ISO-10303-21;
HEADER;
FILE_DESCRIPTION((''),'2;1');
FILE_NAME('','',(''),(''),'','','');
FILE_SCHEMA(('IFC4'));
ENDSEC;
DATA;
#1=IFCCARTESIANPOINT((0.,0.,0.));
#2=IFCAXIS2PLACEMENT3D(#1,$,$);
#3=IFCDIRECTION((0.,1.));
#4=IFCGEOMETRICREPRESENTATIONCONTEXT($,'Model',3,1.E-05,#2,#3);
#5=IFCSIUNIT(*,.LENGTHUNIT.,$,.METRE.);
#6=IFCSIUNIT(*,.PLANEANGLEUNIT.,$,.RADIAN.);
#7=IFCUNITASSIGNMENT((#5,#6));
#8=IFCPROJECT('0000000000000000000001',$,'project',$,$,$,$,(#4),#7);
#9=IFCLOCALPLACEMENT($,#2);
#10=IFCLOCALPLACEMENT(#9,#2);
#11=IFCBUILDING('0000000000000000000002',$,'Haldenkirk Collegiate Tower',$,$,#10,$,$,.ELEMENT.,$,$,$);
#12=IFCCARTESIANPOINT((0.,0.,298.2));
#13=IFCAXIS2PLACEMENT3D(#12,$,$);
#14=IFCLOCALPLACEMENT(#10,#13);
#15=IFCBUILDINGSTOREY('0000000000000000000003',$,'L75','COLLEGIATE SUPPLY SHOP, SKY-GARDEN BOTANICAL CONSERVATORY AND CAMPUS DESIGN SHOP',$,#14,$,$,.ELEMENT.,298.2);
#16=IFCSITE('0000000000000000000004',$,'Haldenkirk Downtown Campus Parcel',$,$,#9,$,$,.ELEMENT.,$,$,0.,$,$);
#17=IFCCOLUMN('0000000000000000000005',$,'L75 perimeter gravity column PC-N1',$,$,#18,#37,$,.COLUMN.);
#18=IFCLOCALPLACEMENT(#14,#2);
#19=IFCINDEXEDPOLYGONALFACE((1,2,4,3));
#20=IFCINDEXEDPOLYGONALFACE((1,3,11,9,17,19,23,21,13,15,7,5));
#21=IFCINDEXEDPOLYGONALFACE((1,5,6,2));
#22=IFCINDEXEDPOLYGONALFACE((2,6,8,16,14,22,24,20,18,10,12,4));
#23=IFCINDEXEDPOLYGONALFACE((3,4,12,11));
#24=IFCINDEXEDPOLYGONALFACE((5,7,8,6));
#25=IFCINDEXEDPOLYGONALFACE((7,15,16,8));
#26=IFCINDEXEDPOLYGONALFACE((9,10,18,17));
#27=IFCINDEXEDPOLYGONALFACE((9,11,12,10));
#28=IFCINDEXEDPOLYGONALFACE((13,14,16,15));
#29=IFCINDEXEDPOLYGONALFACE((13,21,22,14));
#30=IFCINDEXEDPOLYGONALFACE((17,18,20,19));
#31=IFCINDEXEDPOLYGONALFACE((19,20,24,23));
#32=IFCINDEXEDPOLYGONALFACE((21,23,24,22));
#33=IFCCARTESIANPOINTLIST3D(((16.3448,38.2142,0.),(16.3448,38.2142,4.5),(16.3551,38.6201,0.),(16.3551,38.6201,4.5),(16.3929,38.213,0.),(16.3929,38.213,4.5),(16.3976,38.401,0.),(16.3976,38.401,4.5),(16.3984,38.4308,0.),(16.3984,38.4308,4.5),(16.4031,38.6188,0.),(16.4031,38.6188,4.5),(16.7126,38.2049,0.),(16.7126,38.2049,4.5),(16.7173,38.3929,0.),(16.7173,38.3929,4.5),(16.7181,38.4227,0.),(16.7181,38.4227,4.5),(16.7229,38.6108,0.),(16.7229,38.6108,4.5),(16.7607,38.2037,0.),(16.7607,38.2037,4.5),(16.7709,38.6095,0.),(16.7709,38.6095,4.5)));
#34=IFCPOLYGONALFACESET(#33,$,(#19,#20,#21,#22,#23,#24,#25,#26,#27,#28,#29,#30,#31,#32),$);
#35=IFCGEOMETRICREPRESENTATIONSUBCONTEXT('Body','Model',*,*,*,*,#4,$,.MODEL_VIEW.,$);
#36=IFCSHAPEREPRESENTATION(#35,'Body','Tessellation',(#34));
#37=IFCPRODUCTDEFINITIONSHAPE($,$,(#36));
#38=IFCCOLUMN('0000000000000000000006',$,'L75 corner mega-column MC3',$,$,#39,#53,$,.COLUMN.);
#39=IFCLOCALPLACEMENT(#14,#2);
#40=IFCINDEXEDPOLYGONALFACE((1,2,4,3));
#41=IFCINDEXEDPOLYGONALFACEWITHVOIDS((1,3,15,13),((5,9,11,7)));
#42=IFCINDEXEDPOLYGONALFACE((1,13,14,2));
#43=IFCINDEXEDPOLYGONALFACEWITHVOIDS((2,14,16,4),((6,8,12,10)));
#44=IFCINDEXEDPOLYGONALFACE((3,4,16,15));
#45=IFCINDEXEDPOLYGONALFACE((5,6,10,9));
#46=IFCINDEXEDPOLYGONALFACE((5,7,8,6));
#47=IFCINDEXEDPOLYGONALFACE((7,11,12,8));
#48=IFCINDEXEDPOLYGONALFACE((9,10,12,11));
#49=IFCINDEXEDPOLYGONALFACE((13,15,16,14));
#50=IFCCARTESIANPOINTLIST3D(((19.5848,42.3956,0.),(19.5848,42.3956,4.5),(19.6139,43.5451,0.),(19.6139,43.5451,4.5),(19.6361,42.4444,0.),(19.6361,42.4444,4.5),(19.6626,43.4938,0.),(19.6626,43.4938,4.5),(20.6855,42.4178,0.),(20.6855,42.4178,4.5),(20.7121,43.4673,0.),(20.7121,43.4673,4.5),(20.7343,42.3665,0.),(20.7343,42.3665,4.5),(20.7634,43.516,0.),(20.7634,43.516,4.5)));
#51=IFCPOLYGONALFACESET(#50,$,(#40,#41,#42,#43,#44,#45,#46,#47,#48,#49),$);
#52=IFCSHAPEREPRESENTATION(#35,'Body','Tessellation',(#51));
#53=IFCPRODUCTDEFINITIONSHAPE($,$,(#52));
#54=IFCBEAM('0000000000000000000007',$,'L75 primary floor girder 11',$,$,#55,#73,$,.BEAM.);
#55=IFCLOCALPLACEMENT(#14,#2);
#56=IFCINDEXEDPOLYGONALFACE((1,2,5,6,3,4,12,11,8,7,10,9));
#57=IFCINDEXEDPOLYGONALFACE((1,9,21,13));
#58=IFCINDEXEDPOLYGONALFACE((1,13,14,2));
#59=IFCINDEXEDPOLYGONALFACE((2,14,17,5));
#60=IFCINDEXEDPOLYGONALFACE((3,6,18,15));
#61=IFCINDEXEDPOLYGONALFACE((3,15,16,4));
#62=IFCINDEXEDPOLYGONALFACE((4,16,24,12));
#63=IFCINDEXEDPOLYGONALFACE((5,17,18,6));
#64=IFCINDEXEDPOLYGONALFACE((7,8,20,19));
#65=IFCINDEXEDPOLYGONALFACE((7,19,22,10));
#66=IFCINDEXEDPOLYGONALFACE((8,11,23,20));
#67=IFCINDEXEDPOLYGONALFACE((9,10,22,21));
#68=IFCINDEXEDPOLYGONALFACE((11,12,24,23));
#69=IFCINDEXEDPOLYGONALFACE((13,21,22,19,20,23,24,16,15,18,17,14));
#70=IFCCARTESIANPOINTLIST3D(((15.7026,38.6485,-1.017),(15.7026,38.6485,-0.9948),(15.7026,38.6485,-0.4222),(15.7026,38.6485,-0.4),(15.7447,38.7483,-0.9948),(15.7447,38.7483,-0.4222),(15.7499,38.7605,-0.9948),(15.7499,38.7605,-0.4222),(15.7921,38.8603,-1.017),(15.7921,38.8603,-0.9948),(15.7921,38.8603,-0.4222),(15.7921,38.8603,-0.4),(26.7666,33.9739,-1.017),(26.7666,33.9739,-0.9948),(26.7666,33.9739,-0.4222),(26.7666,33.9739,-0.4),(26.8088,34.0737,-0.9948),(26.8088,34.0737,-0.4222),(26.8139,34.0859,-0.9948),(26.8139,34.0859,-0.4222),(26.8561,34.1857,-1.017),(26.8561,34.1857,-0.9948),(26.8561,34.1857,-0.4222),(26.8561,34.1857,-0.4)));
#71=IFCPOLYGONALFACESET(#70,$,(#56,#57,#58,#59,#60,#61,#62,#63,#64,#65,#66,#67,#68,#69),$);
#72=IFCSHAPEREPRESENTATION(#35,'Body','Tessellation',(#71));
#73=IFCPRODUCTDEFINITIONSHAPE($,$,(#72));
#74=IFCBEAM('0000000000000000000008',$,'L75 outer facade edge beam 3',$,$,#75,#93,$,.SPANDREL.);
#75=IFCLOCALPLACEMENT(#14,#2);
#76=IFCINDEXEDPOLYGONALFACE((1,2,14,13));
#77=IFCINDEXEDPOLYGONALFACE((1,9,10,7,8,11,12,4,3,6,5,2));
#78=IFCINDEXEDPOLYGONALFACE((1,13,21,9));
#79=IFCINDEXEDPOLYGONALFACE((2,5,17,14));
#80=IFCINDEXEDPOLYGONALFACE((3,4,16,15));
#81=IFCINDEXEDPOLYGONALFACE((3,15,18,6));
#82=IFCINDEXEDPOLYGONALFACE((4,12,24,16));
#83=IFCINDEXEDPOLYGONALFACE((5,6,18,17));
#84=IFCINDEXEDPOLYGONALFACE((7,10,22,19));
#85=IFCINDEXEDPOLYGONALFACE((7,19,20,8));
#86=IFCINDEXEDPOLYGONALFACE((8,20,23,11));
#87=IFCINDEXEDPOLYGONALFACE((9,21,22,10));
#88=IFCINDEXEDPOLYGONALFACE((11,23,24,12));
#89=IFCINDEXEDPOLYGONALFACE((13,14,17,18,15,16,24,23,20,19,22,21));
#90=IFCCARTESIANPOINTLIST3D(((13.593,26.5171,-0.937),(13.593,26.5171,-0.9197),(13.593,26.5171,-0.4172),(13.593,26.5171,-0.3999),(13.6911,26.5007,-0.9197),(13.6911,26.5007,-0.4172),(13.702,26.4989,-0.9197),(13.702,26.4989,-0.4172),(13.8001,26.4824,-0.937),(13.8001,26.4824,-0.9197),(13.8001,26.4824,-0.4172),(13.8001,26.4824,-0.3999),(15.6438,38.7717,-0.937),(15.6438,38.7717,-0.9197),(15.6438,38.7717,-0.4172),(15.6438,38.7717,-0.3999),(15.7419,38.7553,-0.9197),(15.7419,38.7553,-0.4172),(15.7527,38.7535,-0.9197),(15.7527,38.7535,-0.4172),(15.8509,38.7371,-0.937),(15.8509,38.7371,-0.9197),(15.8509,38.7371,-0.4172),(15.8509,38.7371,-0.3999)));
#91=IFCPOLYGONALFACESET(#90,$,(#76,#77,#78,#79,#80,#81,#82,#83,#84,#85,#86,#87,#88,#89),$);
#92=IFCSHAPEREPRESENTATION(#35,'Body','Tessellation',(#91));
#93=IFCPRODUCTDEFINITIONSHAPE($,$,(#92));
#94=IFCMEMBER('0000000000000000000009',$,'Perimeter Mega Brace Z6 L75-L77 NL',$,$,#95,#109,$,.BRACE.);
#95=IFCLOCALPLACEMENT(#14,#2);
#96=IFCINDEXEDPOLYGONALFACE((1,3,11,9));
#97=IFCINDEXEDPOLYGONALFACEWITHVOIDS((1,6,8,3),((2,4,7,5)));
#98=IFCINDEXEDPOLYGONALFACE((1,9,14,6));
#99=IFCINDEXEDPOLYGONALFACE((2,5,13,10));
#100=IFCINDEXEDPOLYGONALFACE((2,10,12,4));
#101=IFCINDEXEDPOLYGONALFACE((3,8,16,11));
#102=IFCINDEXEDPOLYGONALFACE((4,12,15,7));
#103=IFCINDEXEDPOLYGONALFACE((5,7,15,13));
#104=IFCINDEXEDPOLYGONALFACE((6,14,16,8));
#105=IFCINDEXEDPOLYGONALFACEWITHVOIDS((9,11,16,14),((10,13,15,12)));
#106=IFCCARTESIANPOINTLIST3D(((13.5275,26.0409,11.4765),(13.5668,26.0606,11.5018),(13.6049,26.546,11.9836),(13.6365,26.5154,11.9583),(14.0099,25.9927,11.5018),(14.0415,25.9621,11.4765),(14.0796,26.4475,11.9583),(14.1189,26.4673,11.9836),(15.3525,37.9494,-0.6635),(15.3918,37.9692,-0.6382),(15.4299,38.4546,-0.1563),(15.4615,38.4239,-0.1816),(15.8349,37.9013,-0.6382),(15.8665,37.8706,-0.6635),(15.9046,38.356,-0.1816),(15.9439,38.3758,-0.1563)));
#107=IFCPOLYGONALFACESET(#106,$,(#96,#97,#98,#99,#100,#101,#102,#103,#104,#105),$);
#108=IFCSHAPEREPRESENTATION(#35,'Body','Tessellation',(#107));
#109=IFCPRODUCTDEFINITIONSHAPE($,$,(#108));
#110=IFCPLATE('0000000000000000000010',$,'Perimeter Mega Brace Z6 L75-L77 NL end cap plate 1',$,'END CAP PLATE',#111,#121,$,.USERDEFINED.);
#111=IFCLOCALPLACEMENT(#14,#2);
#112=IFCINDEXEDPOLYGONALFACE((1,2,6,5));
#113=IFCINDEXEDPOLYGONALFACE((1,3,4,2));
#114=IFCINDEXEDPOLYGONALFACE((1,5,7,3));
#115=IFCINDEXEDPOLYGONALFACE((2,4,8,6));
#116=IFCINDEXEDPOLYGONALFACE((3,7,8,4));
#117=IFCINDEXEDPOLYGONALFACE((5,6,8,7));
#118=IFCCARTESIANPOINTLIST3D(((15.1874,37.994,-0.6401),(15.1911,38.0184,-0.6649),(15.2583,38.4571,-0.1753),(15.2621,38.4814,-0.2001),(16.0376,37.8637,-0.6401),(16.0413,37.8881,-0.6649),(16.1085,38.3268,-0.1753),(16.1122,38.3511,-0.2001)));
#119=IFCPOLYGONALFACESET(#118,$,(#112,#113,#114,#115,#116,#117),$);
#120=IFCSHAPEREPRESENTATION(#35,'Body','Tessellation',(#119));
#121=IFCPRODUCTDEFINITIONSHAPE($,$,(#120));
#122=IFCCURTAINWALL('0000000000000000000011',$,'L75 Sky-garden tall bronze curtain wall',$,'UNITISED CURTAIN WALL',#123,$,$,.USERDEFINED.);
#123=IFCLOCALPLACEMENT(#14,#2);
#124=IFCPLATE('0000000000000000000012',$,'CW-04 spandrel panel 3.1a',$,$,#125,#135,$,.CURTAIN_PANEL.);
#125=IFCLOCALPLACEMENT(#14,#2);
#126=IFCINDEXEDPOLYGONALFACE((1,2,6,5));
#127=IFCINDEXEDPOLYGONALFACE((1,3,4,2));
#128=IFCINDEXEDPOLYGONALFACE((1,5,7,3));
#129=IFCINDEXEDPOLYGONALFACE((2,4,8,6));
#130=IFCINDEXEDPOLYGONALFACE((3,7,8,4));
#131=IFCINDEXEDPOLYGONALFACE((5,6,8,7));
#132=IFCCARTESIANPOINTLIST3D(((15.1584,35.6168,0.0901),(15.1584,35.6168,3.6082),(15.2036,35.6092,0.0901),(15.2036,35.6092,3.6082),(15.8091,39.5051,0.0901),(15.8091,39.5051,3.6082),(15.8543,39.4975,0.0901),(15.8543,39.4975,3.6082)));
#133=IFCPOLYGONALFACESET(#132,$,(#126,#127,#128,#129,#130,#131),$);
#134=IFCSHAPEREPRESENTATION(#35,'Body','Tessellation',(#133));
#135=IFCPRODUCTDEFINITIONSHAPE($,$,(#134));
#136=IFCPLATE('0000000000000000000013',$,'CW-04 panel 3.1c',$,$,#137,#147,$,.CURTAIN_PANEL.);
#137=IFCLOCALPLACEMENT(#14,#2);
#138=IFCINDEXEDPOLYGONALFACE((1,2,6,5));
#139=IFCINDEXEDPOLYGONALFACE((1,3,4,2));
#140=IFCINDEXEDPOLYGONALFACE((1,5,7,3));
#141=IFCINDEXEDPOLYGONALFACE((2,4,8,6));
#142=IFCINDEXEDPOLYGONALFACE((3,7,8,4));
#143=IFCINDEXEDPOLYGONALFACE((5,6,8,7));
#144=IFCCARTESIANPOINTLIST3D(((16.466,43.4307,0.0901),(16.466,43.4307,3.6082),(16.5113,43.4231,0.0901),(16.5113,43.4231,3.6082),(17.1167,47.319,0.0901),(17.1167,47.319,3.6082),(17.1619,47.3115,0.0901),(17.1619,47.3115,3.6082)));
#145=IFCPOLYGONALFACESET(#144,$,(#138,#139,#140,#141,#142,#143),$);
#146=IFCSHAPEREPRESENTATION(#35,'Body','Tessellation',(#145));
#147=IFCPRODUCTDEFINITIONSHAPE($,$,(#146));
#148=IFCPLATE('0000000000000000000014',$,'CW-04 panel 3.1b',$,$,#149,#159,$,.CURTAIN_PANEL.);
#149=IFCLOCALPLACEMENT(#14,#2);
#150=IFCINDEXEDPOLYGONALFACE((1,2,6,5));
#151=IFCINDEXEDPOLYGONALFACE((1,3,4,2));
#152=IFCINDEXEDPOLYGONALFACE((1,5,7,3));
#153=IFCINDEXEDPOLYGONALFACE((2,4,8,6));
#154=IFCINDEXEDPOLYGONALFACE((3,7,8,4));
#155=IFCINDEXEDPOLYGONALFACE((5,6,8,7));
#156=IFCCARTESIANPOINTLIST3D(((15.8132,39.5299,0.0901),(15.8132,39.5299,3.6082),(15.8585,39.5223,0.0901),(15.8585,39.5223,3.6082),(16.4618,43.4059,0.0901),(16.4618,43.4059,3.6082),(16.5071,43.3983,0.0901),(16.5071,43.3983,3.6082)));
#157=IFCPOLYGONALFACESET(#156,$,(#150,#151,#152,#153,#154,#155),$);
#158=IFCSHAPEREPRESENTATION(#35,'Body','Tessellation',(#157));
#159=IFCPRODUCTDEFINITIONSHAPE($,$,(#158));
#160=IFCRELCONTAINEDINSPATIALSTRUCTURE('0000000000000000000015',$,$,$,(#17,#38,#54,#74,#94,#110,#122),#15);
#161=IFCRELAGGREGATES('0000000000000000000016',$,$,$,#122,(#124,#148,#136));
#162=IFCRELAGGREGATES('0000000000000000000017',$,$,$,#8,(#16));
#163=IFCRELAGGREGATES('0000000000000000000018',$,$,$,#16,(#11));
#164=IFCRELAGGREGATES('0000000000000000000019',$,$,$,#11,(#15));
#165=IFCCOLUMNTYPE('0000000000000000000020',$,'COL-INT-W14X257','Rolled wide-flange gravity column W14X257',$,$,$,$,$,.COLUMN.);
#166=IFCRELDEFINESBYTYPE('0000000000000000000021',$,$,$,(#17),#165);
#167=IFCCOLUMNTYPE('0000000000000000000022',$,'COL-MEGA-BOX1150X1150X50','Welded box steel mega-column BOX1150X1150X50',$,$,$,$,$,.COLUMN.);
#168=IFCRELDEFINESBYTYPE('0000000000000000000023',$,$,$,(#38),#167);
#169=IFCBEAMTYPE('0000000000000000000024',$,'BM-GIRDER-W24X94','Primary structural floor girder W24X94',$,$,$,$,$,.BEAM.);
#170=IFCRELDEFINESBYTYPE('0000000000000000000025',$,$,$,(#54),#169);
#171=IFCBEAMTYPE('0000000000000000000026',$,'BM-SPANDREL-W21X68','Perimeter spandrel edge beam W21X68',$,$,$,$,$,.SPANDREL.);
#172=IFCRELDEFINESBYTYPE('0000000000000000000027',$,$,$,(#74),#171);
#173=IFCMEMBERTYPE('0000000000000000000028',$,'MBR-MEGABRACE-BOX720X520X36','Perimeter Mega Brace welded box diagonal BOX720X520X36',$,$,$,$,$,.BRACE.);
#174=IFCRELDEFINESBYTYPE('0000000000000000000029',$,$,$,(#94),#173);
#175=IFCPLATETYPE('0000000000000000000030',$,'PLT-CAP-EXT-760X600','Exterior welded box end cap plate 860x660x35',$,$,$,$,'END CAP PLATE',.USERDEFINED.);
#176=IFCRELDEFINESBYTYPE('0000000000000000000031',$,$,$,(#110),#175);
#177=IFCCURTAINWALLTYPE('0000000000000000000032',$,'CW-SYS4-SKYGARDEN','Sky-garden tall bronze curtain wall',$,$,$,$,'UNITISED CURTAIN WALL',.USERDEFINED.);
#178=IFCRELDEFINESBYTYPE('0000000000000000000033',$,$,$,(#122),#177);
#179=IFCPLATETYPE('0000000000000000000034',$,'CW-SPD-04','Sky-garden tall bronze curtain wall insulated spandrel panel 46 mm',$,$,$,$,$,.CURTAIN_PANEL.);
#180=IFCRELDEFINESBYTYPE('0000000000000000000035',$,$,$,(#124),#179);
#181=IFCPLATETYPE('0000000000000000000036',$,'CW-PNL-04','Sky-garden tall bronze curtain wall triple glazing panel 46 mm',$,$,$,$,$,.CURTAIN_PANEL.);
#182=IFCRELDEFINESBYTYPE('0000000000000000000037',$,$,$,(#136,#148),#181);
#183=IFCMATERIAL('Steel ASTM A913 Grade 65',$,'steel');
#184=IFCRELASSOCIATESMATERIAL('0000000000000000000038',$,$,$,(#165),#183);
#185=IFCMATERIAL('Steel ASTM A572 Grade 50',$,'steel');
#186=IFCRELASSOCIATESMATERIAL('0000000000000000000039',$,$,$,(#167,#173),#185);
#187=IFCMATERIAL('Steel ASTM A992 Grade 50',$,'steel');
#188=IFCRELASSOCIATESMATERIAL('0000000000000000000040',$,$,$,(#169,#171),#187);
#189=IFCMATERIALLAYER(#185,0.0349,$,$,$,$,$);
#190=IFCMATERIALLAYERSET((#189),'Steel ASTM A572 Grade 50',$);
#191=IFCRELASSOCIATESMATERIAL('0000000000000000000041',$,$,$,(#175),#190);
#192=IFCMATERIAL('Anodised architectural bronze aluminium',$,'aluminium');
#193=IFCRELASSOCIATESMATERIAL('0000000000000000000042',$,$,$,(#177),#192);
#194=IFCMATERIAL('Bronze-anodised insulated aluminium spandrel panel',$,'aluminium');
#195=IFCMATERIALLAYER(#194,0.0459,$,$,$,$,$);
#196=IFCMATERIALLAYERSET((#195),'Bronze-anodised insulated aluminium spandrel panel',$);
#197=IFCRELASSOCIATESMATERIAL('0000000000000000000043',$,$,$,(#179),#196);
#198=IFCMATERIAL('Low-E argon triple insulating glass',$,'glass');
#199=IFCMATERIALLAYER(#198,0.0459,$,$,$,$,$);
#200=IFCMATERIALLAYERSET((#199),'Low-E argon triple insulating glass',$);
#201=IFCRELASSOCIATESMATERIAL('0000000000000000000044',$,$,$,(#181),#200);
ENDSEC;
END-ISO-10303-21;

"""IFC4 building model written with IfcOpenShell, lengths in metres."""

from ifc_helpers import new_model, si_unit, direction, frame, origin, origin_2d, place, context, subcontext, project, spatial, rectangle, hollow_rectangle, i_section, extrude, source, transform, mapped, material, layer, layer_set, material_profile, profile_set, type_object, element, aggregate, save


model = new_model("IFC4")

# Units and contexts
model_context = context("Model", 3, precision=1e-05, world=origin(), true_north=direction((0.0, 1.0)))
body_context = subcontext(model_context, "Body", "Model", "MODEL_VIEW")
ifc_project = project(units=[si_unit("LENGTHUNIT", "METRE"), si_unit("PLANEANGLEUNIT", "RADIAN")], contexts=[model_context])

# Site, building, storey
site_placement = place(None, origin())
site = spatial("IfcSite", under=ifc_project, at=site_placement, Name="Haldenkirk Downtown Campus Parcel", CompositionType="ELEMENT", RefElevation=0.0)
building_placement = place(site_placement, origin())
building = spatial("IfcBuilding", under=site, at=building_placement, Name="Haldenkirk Collegiate Tower", CompositionType="ELEMENT")
storey_placement = place(building_placement, frame((0.0, 0.0, 298.2)))
storey = spatial("IfcBuildingStorey", under=building, at=storey_placement, Name="L75", Description="COLLEGIATE SUPPLY SHOP, SKY-GARDEN BOTANICAL CONSERVATORY AND CAMPUS DESIGN SHOP", CompositionType="ELEMENT", Elevation=298.2)

# Columns
ifc_material_1 = material(Name="Steel ASTM A913 Grade 65", Category="steel")
ifc_material_profile_1 = material_profile(ifc_material_1, i_section(OverallWidth=0.406, OverallDepth=0.416, WebThickness=0.0298, FlangeThickness=0.0481, at=origin_2d()), Name="W14X257")
ifc_profile_set_1 = profile_set([ifc_material_profile_1], Name="Steel ASTM A913 Grade 65")
column_type_1 = type_object("IfcColumnType", Name="COL-INT-W14X257", Description="Rolled wide-flange gravity column W14X257", PredefinedType="COLUMN", material=ifc_profile_set_1)
column_1_placement = place(storey_placement, frame((16.5579, 38.4119, 0.0), z_axis=(0.0, 0.0, 1.0), x_axis=(0.025305, 0.99968, 0.0)))
element("IfcColumn", 1, at=column_1_placement, inside=storey, type_object=column_type_1, Name="L75 perimeter gravity column PC-N1", PredefinedType="COLUMN", context=body_context, shape_type="SweptSolid", body=[
    extrude(i_section(OverallWidth=0.406, OverallDepth=0.416, WebThickness=0.0298, FlangeThickness=0.0481, at=origin_2d()), origin(), (0.0, 0.0, 1.0), 4.5),
])
ifc_material_2 = material(Name="Steel ASTM A572 Grade 50", Category="steel")
ifc_material_profile_2 = material_profile(ifc_material_2, hollow_rectangle(XDim=1.1499, YDim=1.1499, WallThickness=0.05, at=origin_2d()), Name="BOX1150X1150X50")
ifc_profile_set_2 = profile_set([ifc_material_profile_2], Name="Steel ASTM A572 Grade 50")
column_type_2 = type_object("IfcColumnType", Name="COL-MEGA-BOX1150X1150X50", Description="Welded box steel mega-column BOX1150X1150X50", PredefinedType="COLUMN", material=ifc_profile_set_2)
column_2_placement = place(storey_placement, frame((20.1741, 42.9558, 0.0), z_axis=(0.0, 0.0, 1.0), x_axis=(0.025305, 0.99968, 0.0)))
element("IfcColumn", 2, at=column_2_placement, inside=storey, type_object=column_type_2, Name="L75 corner mega-column MC3", PredefinedType="COLUMN", context=body_context, shape_type="SweptSolid", body=[
    extrude(hollow_rectangle(XDim=1.1499, YDim=1.1499, WallThickness=0.05, at=origin_2d()), origin(), (0.0, 0.0, 1.0), 4.5),
])

# Beams
ifc_material_3 = material(Name="Steel ASTM A992 Grade 50", Category="steel")
ifc_material_profile_3 = material_profile(ifc_material_3, i_section(OverallWidth=0.23, OverallDepth=0.6169, WebThickness=0.0132, FlangeThickness=0.0222, at=origin_2d()), Name="W24X94")
ifc_profile_set_3 = profile_set([ifc_material_profile_3], Name="Steel ASTM A992 Grade 50")
beam_type_1 = type_object("IfcBeamType", Name="BM-GIRDER-W24X94", Description="Primary structural floor girder W24X94", PredefinedType="BEAM", material=ifc_profile_set_3)
beam_1_placement = place(storey_placement, frame((15.7473, 38.7544, -0.7085), z_axis=(0.921157, -0.389192, 0.0), x_axis=(0.389192, 0.921157, 0.0)))
element("IfcBeam", 3, at=beam_1_placement, inside=storey, type_object=beam_type_1, Name="L75 primary floor girder 11", PredefinedType="BEAM", context=body_context, shape_type="SweptSolid", body=[
    extrude(i_section(OverallWidth=0.23, OverallDepth=0.6169, WebThickness=0.0132, FlangeThickness=0.0222, at=origin_2d()), origin(), (0.0, 0.0, 1.0), 12.011),
])
ifc_material_profile_4 = material_profile(ifc_material_3, i_section(OverallWidth=0.21, OverallDepth=0.5371, WebThickness=0.011, FlangeThickness=0.0173, at=origin_2d()), Name="W21X68")
ifc_profile_set_4 = profile_set([ifc_material_profile_4], Name="Steel ASTM A992 Grade 50")
beam_type_2 = type_object("IfcBeamType", Name="BM-SPANDREL-W21X68", Description="Perimeter spandrel edge beam W21X68", PredefinedType="SPANDREL", material=ifc_profile_set_4)
beam_2_placement = place(storey_placement, frame((15.7473, 38.7544, -0.6685), z_axis=(-0.165052, -0.986285, 0.0), x_axis=(0.986285, -0.165052, 0.0)))
element("IfcBeam", 4, at=beam_2_placement, inside=storey, type_object=beam_type_2, Name="L75 outer facade edge beam 3", PredefinedType="SPANDREL", context=body_context, shape_type="SweptSolid", body=[
    extrude(i_section(OverallWidth=0.21, OverallDepth=0.5371, WebThickness=0.011, FlangeThickness=0.0173, at=origin_2d()), origin(), (0.0, 0.0, 1.0), 12.425),
])

# Member
ifc_material_profile_5 = material_profile(ifc_material_2, hollow_rectangle(XDim=0.52, YDim=0.72, WallThickness=0.0359, at=origin_2d()), Name="BOX720X520X36")
ifc_profile_set_5 = profile_set([ifc_material_profile_5], Name="Steel ASTM A572 Grade 50")
member_type = type_object("IfcMemberType", Name="MBR-MEGABRACE-BOX720X520X36", Description="Perimeter Mega Brace welded box diagonal BOX720X520X36", PredefinedType="BRACE", material=ifc_profile_set_5)
member_placement = place(storey_placement, frame((15.6482, 38.1626, -0.4099), z_axis=(-0.106702, -0.696271, 0.709803), x_axis=(0.98846, -0.15148, 0.0)))
element("IfcMember", 5, at=member_placement, inside=storey, type_object=member_type, Name="Perimeter Mega Brace Z6 L75-L77 NL", PredefinedType="BRACE", context=body_context, shape_type="SweptSolid", body=[
    extrude(hollow_rectangle(XDim=0.52, YDim=0.72, WallThickness=0.0359, at=origin_2d()), origin(), (0.0, 0.0, 1.0), 17.1033),
])

# Plate
ifc_layer_1 = layer(ifc_material_2, 0.0349)
ifc_layer_set_1 = layer_set([ifc_layer_1], Name="Steel ASTM A572 Grade 50")
plate_type_1 = type_object("IfcPlateType", Name="PLT-CAP-EXT-760X600", Description="Exterior welded box end cap plate 860x660x35", ElementType="END CAP PLATE", PredefinedType="USERDEFINED", material=ifc_layer_set_1)
shared_shape_1 = source(origin(), body_context, "Body", "SweptSolid", [
    extrude(rectangle(XDim=0.8601, YDim=0.6599, at=origin_2d()), origin(), (0.0, 0.0, 1.0), 0.0349),
])
plate_1_placement = place(storey_placement, frame((15.6479, 38.1604, -0.4077), z_axis=(0.106711, 0.696266, -0.709807), x_axis=(-0.988458, 0.151493, 0.0)))
element("IfcPlate", 6, at=plate_1_placement, inside=storey, type_object=plate_type_1, Name="Perimeter Mega Brace Z6 L75-L77 NL end cap plate 1", ObjectType="END CAP PLATE", PredefinedType="USERDEFINED", context=body_context, shape_type="MappedRepresentation", body=[
    mapped(shared_shape_1, transform((0.0, 0.0, 0.0), x_axis=(1.0, 0.0, 0.0), y_axis=(0.0, 1.0, 0.0), z_axis=(0.0, 0.0, 1.0), scale=1.0)),
])

# Curtain wall, plates
ifc_material_4 = material(Name="Anodised architectural bronze aluminium", Category="aluminium")
curtain_wall_type = type_object("IfcCurtainWallType", Name="CW-SYS4-SKYGARDEN", Description="Sky-garden tall bronze curtain wall", ElementType="UNITISED CURTAIN WALL", PredefinedType="USERDEFINED", material=ifc_material_4)
curtain_wall_placement = place(storey_placement, origin())
curtain_wall = element("IfcCurtainWall", 7, at=curtain_wall_placement, inside=storey, type_object=curtain_wall_type, Name="L75 Sky-garden tall bronze curtain wall", ObjectType="UNITISED CURTAIN WALL", PredefinedType="USERDEFINED")
ifc_material_5 = material(Name="Bronze-anodised insulated aluminium spandrel panel", Category="aluminium")
ifc_layer_2 = layer(ifc_material_5, 0.0459)
ifc_layer_set_2 = layer_set([ifc_layer_2], Name="Bronze-anodised insulated aluminium spandrel panel")
plate_type_2 = type_object("IfcPlateType", Name="CW-SPD-04", Description="Sky-garden tall bronze curtain wall insulated spandrel panel 46 mm", PredefinedType="CURTAIN_PANEL", material=ifc_layer_set_2)
shared_shape_2 = source(origin(), body_context, "Body", "SweptSolid", [
    extrude(rectangle(XDim=3.9424, YDim=0.0459, at=origin_2d()), origin(), (0.0, 0.0, 1.0), 3.5181),
])
plate_2_placement = place(storey_placement, frame((15.5063, 37.5571, 0.0901), z_axis=(0.0, 0.0, 1.0), x_axis=(0.16505, 0.986285, 0.0)))
plate_2 = element("IfcPlate", 8, at=plate_2_placement, type_object=plate_type_2, Name="CW-04 spandrel panel 3.1a", PredefinedType="CURTAIN_PANEL", context=body_context, shape_type="MappedRepresentation", body=[
    mapped(shared_shape_2, transform((0.0, 0.0, 0.0), x_axis=(1.0, 0.0, 0.0), y_axis=(0.0, 1.0, 0.0), z_axis=(0.0, 0.0, 1.0), scale=1.0)),
])
ifc_material_6 = material(Name="Low-E argon triple insulating glass", Category="glass")
ifc_layer_3 = layer(ifc_material_6, 0.0459)
ifc_layer_set_3 = layer_set([ifc_layer_3], Name="Low-E argon triple insulating glass")
plate_type_3 = type_object("IfcPlateType", Name="CW-PNL-04", Description="Sky-garden tall bronze curtain wall triple glazing panel 46 mm", PredefinedType="CURTAIN_PANEL", material=ifc_layer_set_3)
plate_3_placement = place(storey_placement, frame((16.814, 45.3711, 0.0901), z_axis=(0.0, 0.0, 1.0), x_axis=(0.16505, 0.986285, 0.0)))
plate_3 = element("IfcPlate", 9, at=plate_3_placement, type_object=plate_type_3, Name="CW-04 panel 3.1c", PredefinedType="CURTAIN_PANEL", context=body_context, shape_type="MappedRepresentation", body=[
    mapped(shared_shape_2, transform((0.0, 0.0, 0.0), x_axis=(1.0, 0.0, 0.0), y_axis=(0.0, 1.0, 0.0), z_axis=(0.0, 0.0, 1.0), scale=1.0)),
])
shared_shape_3 = source(origin(), body_context, "Body", "SweptSolid", [
    extrude(rectangle(XDim=3.9299, YDim=0.0459, at=origin_2d()), origin(), (0.0, 0.0, 1.0), 3.5181),
])
plate_4_placement = place(storey_placement, frame((16.1602, 41.4641, 0.0901), z_axis=(0.0, 0.0, 1.0), x_axis=(0.16505, 0.986285, 0.0)))
plate_4 = element("IfcPlate", 10, at=plate_4_placement, type_object=plate_type_3, Name="CW-04 panel 3.1b", PredefinedType="CURTAIN_PANEL", context=body_context, shape_type="MappedRepresentation", body=[
    mapped(shared_shape_3, transform((0.0, 0.0, 0.0), x_axis=(1.0, 0.0, 0.0), y_axis=(0.0, 1.0, 0.0), z_axis=(0.0, 0.0, 1.0), scale=1.0)),
])
aggregate(curtain_wall, [plate_2, plate_4, plate_3])

save(model, "model.ifc")
